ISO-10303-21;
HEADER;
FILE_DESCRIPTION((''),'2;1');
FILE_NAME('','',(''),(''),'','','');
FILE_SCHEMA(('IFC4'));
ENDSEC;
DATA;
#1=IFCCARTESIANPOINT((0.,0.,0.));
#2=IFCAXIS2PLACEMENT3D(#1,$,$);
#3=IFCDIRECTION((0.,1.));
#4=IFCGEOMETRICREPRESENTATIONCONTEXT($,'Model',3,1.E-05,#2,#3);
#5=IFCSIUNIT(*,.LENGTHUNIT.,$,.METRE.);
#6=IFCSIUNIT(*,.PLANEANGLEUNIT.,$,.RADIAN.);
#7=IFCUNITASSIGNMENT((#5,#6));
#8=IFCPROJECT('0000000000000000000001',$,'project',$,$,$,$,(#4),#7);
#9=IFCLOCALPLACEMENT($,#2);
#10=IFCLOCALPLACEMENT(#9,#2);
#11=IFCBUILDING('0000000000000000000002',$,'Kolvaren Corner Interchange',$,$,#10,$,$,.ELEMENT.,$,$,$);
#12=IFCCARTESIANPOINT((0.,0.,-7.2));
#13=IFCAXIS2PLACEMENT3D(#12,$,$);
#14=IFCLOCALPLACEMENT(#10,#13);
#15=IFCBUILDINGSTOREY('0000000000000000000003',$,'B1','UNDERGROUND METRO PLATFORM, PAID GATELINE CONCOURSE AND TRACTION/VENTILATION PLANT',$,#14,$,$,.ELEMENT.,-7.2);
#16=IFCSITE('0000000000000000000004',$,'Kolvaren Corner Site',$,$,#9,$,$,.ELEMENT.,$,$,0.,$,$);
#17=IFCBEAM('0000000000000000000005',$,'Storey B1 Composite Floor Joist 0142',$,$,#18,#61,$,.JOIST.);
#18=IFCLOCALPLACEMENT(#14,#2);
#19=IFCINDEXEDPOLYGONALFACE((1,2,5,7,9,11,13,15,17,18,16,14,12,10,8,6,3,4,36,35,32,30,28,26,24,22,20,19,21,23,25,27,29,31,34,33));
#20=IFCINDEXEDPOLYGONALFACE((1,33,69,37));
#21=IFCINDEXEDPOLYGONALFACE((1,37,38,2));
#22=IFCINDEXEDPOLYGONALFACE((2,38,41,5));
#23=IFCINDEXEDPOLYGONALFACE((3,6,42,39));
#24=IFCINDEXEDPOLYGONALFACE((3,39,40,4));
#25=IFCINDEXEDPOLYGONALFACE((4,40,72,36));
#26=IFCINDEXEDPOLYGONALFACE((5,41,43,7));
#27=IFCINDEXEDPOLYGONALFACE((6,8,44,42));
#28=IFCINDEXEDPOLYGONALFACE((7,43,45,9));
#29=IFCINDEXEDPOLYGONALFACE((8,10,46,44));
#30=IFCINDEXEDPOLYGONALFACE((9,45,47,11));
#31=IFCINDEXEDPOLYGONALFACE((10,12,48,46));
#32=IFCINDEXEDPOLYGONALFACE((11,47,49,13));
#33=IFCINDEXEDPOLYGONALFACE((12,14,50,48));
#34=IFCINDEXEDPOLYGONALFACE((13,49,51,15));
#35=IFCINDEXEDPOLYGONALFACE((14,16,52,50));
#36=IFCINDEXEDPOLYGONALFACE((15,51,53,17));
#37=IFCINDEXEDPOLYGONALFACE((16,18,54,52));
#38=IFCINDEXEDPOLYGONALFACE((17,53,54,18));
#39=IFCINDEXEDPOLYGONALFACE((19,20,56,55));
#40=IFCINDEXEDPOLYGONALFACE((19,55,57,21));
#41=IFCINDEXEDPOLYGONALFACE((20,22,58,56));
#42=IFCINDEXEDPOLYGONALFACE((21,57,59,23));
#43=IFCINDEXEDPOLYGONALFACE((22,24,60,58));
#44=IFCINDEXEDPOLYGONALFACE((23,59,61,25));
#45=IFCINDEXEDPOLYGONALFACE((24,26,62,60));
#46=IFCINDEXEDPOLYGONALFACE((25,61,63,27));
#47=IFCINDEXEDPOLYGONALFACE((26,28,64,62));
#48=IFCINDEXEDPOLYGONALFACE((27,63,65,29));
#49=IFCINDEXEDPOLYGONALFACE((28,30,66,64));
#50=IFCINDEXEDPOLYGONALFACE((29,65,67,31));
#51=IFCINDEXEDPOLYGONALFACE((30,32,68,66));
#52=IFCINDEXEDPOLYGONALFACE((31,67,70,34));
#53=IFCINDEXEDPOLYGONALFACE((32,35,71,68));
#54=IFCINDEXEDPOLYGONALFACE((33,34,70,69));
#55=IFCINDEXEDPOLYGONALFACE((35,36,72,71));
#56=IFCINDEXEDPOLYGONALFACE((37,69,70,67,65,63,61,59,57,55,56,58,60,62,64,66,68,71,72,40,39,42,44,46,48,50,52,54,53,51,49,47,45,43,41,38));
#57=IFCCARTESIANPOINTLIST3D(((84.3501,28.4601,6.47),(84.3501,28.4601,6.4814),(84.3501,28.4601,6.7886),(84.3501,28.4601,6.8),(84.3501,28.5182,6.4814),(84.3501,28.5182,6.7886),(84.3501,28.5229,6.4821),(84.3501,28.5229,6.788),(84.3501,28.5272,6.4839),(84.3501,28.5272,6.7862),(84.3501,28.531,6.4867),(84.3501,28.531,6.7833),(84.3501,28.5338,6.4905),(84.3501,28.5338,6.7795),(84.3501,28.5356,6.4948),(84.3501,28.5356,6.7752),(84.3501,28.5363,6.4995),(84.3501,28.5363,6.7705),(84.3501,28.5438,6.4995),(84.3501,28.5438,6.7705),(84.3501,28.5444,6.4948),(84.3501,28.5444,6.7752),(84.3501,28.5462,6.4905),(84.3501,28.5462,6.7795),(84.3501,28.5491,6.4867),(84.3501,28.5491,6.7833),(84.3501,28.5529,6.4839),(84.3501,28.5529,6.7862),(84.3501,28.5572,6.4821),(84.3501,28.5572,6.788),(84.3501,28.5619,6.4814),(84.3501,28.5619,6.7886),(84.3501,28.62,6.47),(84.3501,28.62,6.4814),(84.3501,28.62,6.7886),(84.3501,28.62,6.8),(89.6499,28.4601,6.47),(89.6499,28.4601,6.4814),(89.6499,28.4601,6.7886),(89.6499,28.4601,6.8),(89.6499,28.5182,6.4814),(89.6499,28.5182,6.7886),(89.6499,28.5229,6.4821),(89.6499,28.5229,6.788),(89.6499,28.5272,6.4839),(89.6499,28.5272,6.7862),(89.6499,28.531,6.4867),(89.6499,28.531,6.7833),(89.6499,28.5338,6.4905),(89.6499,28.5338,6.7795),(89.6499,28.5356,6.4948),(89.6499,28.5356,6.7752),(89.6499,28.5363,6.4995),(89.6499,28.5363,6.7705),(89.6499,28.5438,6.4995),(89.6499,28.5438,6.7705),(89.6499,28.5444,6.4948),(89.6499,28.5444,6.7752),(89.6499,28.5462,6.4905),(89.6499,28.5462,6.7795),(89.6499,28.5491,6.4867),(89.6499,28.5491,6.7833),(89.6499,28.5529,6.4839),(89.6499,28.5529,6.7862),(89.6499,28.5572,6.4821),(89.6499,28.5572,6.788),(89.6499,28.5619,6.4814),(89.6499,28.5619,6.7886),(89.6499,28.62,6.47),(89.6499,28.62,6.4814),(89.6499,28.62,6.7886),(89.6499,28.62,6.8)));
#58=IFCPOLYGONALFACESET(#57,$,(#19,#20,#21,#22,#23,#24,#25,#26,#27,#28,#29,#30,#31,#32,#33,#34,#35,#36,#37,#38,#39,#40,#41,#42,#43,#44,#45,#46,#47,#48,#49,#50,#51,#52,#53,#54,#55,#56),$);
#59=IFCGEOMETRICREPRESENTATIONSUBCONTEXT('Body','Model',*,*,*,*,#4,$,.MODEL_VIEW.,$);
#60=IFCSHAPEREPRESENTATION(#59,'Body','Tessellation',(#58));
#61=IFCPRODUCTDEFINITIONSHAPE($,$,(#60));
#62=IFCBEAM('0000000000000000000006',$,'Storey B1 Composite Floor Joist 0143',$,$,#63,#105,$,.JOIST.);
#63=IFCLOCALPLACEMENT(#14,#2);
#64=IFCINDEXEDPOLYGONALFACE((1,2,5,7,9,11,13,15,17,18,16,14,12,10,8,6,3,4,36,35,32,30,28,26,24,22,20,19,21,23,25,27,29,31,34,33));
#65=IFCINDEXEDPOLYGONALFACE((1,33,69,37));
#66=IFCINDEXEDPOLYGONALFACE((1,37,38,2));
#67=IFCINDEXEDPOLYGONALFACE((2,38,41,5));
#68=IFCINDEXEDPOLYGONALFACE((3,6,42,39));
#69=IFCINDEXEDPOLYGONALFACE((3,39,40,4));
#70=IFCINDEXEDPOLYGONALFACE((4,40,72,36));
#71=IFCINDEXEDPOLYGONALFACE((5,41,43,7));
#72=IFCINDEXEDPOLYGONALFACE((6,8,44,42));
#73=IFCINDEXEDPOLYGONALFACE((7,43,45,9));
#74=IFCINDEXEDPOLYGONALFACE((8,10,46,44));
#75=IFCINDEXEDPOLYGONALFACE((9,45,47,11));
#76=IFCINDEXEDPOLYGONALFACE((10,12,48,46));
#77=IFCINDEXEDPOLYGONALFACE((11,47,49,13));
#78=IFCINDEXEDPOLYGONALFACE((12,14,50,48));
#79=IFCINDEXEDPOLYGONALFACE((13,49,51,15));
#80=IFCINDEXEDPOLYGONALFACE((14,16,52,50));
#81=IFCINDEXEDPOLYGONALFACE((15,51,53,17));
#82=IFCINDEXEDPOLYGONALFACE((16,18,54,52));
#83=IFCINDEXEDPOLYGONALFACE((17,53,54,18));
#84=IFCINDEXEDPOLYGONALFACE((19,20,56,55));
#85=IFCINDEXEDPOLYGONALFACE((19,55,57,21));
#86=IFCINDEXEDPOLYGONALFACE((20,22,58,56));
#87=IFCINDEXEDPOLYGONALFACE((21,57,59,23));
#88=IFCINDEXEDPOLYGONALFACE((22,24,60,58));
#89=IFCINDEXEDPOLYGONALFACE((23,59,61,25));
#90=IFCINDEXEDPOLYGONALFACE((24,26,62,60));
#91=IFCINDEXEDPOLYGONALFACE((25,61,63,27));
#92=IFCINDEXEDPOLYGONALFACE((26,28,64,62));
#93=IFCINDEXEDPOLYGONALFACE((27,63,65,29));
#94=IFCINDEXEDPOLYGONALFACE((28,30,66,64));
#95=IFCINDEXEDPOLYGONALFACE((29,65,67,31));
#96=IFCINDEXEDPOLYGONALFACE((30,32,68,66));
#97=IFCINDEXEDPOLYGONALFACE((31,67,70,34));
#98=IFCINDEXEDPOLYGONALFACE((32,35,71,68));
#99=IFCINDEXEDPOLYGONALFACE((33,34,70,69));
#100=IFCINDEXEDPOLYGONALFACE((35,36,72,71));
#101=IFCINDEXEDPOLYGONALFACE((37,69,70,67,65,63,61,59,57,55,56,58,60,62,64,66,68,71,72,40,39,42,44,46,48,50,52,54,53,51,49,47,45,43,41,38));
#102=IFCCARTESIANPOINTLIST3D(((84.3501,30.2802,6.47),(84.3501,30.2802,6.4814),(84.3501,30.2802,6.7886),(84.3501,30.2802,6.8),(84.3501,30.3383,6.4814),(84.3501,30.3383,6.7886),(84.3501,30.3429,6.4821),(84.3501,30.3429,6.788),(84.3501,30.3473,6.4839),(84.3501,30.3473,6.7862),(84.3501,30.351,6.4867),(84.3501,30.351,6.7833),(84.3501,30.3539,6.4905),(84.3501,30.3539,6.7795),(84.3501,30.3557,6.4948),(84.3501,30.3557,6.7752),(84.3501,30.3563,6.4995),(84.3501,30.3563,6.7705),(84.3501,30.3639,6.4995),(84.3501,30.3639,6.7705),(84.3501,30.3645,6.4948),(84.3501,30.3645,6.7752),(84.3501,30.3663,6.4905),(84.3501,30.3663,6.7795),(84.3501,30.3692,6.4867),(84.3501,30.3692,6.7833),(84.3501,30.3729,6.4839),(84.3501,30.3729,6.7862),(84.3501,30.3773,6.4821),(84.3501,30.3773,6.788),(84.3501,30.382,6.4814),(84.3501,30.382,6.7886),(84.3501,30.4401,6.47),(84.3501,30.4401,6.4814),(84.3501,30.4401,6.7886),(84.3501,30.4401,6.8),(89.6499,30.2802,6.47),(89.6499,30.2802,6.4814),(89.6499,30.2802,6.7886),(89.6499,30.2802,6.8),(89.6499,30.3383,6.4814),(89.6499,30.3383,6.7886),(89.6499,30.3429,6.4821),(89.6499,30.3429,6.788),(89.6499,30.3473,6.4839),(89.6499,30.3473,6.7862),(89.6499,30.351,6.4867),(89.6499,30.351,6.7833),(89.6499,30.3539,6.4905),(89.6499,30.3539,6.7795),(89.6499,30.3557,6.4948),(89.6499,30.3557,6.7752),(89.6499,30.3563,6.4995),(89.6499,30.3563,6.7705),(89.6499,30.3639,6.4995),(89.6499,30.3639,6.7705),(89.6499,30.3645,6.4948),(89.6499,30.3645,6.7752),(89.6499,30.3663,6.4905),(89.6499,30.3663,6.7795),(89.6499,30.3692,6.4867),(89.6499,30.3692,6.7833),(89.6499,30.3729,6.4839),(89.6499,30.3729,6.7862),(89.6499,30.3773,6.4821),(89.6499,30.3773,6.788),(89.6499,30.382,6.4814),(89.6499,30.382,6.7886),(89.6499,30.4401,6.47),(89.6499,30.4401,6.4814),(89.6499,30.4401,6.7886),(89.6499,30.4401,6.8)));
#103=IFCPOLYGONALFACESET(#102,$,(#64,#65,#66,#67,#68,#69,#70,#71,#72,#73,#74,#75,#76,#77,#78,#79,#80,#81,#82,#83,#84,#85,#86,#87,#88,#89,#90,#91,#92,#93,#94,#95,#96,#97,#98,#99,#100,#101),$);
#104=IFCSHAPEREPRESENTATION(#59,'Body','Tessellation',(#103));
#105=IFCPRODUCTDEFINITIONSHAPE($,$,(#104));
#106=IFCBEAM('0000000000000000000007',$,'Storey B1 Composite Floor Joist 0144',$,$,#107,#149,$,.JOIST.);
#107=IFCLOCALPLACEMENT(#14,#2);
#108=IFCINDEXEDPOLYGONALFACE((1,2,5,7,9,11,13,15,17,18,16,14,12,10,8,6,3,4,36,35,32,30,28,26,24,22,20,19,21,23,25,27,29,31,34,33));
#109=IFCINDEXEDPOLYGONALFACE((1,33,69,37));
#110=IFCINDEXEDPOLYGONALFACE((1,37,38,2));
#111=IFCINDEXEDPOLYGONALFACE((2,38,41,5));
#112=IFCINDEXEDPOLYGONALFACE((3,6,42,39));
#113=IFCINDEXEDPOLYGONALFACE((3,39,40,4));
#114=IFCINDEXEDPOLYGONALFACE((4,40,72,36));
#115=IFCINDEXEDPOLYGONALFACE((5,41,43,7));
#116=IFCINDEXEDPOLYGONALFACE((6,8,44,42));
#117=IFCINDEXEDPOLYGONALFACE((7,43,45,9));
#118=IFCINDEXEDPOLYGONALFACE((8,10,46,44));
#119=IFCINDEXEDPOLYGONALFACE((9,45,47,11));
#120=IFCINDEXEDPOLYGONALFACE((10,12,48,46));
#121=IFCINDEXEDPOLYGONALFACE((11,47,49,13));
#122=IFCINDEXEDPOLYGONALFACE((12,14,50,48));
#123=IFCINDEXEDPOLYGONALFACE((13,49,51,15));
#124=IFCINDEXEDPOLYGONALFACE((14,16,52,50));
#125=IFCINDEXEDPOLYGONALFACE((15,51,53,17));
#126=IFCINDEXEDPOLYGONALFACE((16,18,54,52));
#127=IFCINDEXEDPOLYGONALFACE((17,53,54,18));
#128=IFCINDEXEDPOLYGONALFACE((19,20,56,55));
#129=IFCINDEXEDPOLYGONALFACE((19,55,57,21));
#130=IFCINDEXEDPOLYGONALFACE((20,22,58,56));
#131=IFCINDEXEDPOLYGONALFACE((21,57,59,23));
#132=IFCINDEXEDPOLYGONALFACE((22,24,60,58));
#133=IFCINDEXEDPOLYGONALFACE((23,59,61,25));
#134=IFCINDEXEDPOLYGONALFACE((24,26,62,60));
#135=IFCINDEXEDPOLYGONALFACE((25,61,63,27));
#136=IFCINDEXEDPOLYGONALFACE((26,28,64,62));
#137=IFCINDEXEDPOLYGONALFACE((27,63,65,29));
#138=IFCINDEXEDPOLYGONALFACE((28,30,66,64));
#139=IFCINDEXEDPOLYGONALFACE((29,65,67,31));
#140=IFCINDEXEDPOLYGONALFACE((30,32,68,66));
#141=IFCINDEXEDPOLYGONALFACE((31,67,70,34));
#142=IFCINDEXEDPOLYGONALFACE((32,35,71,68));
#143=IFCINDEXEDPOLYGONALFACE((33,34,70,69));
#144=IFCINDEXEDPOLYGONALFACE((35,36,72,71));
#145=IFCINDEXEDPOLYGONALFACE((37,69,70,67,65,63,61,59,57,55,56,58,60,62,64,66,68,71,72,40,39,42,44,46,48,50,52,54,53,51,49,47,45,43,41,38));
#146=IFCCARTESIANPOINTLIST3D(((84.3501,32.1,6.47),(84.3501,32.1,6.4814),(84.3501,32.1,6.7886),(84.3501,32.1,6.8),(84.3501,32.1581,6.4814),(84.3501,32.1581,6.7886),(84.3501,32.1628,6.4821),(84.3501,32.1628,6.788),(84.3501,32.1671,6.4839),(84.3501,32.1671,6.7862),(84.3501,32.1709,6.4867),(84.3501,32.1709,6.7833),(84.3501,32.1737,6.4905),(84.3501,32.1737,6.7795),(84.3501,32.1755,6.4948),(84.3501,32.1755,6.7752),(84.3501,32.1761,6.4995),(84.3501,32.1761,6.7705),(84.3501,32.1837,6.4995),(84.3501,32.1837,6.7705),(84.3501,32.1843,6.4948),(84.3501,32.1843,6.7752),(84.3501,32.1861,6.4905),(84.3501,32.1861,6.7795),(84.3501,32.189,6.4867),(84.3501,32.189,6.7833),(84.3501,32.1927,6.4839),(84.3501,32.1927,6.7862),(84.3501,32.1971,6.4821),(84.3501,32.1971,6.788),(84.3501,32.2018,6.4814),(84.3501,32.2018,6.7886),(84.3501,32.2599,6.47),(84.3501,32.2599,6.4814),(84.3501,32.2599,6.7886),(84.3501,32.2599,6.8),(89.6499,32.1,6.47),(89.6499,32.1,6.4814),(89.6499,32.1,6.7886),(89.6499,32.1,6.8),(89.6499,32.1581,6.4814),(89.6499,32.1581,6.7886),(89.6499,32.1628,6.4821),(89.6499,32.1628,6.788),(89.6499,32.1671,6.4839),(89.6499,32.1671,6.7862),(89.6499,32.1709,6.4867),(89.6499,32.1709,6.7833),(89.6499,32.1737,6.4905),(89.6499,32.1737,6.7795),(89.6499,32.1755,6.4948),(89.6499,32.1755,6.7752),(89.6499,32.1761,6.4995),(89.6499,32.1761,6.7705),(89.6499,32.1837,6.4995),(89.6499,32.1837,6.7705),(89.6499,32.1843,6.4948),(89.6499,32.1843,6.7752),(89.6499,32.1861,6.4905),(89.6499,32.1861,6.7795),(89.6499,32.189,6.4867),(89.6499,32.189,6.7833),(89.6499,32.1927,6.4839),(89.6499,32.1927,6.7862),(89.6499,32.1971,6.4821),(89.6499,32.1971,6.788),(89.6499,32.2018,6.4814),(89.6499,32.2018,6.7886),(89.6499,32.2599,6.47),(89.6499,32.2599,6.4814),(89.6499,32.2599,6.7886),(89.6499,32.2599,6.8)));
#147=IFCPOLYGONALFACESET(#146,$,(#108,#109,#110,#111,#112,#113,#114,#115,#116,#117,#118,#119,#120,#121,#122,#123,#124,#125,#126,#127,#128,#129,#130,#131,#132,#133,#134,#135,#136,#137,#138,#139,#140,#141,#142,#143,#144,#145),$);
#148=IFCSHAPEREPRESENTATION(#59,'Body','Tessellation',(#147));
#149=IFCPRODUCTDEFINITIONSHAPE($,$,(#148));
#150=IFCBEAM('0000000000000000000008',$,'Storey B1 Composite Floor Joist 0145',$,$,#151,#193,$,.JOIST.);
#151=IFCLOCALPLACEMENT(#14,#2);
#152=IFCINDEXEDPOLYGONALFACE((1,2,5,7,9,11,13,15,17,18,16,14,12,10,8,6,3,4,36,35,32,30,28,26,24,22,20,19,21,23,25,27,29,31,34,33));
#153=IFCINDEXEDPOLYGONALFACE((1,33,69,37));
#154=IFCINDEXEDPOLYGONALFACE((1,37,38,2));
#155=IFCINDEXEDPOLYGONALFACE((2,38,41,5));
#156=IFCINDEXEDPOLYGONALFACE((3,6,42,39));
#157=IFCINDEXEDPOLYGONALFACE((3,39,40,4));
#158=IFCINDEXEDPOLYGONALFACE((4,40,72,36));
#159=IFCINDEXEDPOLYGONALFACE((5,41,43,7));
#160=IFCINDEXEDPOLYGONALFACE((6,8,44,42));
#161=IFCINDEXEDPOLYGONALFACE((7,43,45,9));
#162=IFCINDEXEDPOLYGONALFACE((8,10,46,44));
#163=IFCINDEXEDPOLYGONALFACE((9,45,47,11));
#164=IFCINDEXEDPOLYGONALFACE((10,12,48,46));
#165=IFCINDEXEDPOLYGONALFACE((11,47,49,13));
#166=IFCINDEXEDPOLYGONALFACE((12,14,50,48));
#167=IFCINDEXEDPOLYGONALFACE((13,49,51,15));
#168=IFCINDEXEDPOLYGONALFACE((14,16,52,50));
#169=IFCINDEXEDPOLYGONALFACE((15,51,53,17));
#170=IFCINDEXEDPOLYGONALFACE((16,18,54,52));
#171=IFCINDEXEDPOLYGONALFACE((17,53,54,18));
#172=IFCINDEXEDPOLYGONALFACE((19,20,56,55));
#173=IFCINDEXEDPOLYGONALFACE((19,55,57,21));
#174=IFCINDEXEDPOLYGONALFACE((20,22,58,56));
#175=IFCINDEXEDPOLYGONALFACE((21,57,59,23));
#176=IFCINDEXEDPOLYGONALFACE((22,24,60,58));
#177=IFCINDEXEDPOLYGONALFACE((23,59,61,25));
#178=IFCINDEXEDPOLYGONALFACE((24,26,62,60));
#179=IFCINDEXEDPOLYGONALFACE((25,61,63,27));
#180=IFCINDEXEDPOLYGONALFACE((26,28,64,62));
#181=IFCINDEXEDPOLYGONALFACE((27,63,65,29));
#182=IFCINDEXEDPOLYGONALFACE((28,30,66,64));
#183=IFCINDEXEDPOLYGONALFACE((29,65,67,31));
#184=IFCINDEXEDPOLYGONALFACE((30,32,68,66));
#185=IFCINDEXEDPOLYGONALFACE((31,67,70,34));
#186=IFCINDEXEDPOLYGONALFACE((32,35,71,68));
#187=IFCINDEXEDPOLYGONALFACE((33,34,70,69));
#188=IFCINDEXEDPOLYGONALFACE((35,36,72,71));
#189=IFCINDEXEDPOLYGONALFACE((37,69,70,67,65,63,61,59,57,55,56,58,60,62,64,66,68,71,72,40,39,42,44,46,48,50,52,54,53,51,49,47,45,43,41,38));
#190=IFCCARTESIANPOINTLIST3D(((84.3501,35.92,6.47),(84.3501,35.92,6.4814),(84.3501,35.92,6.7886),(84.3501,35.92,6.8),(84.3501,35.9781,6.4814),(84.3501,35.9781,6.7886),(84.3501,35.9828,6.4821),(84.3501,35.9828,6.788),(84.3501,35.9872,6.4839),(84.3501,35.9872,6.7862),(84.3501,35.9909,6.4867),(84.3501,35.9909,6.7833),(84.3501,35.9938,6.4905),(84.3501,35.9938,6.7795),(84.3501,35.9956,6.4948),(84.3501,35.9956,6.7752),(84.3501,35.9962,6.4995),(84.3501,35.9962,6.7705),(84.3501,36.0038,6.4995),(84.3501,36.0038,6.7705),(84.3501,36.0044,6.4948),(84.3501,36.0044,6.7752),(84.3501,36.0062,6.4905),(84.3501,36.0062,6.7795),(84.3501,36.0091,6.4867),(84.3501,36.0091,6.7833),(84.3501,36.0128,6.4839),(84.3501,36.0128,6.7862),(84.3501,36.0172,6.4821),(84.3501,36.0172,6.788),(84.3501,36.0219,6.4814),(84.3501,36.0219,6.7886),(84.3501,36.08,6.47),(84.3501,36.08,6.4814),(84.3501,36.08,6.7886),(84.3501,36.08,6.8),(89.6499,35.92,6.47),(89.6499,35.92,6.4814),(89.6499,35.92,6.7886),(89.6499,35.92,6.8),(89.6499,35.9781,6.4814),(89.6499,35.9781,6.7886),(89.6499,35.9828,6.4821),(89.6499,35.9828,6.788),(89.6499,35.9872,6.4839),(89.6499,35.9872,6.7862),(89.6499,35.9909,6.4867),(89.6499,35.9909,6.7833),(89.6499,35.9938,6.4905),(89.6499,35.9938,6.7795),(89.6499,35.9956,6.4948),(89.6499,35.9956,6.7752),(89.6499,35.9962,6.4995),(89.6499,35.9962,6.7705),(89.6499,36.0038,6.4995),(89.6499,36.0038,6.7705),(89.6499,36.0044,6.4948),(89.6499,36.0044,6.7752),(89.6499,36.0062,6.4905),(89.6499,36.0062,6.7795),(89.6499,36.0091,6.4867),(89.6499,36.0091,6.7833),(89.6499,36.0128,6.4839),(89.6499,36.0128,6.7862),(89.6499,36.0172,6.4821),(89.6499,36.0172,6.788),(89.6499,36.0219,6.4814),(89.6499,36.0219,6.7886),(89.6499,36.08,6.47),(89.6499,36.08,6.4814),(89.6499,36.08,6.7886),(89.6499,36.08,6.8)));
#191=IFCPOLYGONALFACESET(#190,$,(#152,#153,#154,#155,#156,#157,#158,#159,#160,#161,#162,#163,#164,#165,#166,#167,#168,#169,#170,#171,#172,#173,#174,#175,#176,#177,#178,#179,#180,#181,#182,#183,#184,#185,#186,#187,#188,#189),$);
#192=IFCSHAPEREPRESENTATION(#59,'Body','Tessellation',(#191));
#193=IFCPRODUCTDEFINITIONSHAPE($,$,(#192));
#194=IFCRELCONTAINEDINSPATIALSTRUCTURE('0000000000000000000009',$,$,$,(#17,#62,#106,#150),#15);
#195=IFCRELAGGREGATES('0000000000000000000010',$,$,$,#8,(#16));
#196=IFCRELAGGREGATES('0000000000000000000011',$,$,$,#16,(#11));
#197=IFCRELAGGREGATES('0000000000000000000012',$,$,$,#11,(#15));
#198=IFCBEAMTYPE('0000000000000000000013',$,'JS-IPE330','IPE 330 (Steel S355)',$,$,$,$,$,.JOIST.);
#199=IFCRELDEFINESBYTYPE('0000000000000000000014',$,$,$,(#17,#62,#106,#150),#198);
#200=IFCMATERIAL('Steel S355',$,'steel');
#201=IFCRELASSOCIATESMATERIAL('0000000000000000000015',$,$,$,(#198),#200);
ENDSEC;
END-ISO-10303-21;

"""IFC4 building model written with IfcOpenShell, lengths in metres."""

from ifc_helpers import new_model, si_unit, direction, frame, origin, origin_2d, place, context, subcontext, project, spatial, i_section, extrude, material, material_profile, profile_set, type_object, element, save


model = new_model("IFC4")

# Units and contexts
model_context = context("Model", 3, precision=1e-05, world=origin(), true_north=direction((0.0, 1.0)))
body_context = subcontext(model_context, "Body", "Model", "MODEL_VIEW")
ifc_project = project(units=[si_unit("LENGTHUNIT", "METRE"), si_unit("PLANEANGLEUNIT", "RADIAN")], contexts=[model_context])

# Site, building, storey
site_placement = place(None, origin())
site = spatial("IfcSite", under=ifc_project, at=site_placement, Name="Kolvaren Corner Site", CompositionType="ELEMENT", RefElevation=0.0)
building_placement = place(site_placement, origin())
building = spatial("IfcBuilding", under=site, at=building_placement, Name="Kolvaren Corner Interchange", CompositionType="ELEMENT")
storey_placement = place(building_placement, frame((0.0, 0.0, -7.2)))
storey = spatial("IfcBuildingStorey", under=building, at=storey_placement, Name="B1", Description="UNDERGROUND METRO PLATFORM, PAID GATELINE CONCOURSE AND TRACTION/VENTILATION PLANT", CompositionType="ELEMENT", Elevation=-7.2)

# Beams
ifc_material_1 = material(Name="Steel S355", Category="steel")
ifc_material_profile_1 = material_profile(ifc_material_1, i_section(OverallWidth=0.1599, OverallDepth=0.3301, WebThickness=0.0076, FlangeThickness=0.0115, FilletRadius=0.0181, at=origin_2d()), Name="IPE 330")
ifc_profile_set_1 = profile_set([ifc_material_profile_1], Name="Steel S355")
beam_type_1 = type_object("IfcBeamType", Name="JS-IPE330", Description="IPE 330 (Steel S355)", PredefinedType="JOIST", material=ifc_profile_set_1)
for number, where, z_axis, x_axis, name in (
    (1, (84.3501, 28.54, 6.635), (1.0, 0.0, 0.0), (0.0, 1.0, 0.0), "Storey B1 Composite Floor Joist 0142"),
    (2, (84.3501, 30.3601, 6.635), (1.0, 0.0, 0.0), (0.0, 1.0, 0.0), "Storey B1 Composite Floor Joist 0143"),
    (3, (84.3501, 32.1799, 6.635), (1.0, 0.0, 0.0), (0.0, 1.0, 0.0), "Storey B1 Composite Floor Joist 0144"),
    (4, (84.3501, 36.0, 6.635), (1.0, 0.0, 0.0), (0.0, 1.0, 0.0), "Storey B1 Composite Floor Joist 0145"),
):
    element("IfcBeam", number, at=place(storey_placement, frame(where, z_axis=z_axis, x_axis=x_axis)), inside=storey, type_object=beam_type_1, Name=name, PredefinedType="JOIST", context=body_context, shape_type="SweptSolid", body=[
        extrude(i_section(OverallWidth=0.1599, OverallDepth=0.3301, WebThickness=0.0076, FlangeThickness=0.0115, FilletRadius=0.0181, at=origin_2d()), origin(), (0.0, 0.0, 1.0), 5.2998),
    ])

save(model, "model.ifc")
